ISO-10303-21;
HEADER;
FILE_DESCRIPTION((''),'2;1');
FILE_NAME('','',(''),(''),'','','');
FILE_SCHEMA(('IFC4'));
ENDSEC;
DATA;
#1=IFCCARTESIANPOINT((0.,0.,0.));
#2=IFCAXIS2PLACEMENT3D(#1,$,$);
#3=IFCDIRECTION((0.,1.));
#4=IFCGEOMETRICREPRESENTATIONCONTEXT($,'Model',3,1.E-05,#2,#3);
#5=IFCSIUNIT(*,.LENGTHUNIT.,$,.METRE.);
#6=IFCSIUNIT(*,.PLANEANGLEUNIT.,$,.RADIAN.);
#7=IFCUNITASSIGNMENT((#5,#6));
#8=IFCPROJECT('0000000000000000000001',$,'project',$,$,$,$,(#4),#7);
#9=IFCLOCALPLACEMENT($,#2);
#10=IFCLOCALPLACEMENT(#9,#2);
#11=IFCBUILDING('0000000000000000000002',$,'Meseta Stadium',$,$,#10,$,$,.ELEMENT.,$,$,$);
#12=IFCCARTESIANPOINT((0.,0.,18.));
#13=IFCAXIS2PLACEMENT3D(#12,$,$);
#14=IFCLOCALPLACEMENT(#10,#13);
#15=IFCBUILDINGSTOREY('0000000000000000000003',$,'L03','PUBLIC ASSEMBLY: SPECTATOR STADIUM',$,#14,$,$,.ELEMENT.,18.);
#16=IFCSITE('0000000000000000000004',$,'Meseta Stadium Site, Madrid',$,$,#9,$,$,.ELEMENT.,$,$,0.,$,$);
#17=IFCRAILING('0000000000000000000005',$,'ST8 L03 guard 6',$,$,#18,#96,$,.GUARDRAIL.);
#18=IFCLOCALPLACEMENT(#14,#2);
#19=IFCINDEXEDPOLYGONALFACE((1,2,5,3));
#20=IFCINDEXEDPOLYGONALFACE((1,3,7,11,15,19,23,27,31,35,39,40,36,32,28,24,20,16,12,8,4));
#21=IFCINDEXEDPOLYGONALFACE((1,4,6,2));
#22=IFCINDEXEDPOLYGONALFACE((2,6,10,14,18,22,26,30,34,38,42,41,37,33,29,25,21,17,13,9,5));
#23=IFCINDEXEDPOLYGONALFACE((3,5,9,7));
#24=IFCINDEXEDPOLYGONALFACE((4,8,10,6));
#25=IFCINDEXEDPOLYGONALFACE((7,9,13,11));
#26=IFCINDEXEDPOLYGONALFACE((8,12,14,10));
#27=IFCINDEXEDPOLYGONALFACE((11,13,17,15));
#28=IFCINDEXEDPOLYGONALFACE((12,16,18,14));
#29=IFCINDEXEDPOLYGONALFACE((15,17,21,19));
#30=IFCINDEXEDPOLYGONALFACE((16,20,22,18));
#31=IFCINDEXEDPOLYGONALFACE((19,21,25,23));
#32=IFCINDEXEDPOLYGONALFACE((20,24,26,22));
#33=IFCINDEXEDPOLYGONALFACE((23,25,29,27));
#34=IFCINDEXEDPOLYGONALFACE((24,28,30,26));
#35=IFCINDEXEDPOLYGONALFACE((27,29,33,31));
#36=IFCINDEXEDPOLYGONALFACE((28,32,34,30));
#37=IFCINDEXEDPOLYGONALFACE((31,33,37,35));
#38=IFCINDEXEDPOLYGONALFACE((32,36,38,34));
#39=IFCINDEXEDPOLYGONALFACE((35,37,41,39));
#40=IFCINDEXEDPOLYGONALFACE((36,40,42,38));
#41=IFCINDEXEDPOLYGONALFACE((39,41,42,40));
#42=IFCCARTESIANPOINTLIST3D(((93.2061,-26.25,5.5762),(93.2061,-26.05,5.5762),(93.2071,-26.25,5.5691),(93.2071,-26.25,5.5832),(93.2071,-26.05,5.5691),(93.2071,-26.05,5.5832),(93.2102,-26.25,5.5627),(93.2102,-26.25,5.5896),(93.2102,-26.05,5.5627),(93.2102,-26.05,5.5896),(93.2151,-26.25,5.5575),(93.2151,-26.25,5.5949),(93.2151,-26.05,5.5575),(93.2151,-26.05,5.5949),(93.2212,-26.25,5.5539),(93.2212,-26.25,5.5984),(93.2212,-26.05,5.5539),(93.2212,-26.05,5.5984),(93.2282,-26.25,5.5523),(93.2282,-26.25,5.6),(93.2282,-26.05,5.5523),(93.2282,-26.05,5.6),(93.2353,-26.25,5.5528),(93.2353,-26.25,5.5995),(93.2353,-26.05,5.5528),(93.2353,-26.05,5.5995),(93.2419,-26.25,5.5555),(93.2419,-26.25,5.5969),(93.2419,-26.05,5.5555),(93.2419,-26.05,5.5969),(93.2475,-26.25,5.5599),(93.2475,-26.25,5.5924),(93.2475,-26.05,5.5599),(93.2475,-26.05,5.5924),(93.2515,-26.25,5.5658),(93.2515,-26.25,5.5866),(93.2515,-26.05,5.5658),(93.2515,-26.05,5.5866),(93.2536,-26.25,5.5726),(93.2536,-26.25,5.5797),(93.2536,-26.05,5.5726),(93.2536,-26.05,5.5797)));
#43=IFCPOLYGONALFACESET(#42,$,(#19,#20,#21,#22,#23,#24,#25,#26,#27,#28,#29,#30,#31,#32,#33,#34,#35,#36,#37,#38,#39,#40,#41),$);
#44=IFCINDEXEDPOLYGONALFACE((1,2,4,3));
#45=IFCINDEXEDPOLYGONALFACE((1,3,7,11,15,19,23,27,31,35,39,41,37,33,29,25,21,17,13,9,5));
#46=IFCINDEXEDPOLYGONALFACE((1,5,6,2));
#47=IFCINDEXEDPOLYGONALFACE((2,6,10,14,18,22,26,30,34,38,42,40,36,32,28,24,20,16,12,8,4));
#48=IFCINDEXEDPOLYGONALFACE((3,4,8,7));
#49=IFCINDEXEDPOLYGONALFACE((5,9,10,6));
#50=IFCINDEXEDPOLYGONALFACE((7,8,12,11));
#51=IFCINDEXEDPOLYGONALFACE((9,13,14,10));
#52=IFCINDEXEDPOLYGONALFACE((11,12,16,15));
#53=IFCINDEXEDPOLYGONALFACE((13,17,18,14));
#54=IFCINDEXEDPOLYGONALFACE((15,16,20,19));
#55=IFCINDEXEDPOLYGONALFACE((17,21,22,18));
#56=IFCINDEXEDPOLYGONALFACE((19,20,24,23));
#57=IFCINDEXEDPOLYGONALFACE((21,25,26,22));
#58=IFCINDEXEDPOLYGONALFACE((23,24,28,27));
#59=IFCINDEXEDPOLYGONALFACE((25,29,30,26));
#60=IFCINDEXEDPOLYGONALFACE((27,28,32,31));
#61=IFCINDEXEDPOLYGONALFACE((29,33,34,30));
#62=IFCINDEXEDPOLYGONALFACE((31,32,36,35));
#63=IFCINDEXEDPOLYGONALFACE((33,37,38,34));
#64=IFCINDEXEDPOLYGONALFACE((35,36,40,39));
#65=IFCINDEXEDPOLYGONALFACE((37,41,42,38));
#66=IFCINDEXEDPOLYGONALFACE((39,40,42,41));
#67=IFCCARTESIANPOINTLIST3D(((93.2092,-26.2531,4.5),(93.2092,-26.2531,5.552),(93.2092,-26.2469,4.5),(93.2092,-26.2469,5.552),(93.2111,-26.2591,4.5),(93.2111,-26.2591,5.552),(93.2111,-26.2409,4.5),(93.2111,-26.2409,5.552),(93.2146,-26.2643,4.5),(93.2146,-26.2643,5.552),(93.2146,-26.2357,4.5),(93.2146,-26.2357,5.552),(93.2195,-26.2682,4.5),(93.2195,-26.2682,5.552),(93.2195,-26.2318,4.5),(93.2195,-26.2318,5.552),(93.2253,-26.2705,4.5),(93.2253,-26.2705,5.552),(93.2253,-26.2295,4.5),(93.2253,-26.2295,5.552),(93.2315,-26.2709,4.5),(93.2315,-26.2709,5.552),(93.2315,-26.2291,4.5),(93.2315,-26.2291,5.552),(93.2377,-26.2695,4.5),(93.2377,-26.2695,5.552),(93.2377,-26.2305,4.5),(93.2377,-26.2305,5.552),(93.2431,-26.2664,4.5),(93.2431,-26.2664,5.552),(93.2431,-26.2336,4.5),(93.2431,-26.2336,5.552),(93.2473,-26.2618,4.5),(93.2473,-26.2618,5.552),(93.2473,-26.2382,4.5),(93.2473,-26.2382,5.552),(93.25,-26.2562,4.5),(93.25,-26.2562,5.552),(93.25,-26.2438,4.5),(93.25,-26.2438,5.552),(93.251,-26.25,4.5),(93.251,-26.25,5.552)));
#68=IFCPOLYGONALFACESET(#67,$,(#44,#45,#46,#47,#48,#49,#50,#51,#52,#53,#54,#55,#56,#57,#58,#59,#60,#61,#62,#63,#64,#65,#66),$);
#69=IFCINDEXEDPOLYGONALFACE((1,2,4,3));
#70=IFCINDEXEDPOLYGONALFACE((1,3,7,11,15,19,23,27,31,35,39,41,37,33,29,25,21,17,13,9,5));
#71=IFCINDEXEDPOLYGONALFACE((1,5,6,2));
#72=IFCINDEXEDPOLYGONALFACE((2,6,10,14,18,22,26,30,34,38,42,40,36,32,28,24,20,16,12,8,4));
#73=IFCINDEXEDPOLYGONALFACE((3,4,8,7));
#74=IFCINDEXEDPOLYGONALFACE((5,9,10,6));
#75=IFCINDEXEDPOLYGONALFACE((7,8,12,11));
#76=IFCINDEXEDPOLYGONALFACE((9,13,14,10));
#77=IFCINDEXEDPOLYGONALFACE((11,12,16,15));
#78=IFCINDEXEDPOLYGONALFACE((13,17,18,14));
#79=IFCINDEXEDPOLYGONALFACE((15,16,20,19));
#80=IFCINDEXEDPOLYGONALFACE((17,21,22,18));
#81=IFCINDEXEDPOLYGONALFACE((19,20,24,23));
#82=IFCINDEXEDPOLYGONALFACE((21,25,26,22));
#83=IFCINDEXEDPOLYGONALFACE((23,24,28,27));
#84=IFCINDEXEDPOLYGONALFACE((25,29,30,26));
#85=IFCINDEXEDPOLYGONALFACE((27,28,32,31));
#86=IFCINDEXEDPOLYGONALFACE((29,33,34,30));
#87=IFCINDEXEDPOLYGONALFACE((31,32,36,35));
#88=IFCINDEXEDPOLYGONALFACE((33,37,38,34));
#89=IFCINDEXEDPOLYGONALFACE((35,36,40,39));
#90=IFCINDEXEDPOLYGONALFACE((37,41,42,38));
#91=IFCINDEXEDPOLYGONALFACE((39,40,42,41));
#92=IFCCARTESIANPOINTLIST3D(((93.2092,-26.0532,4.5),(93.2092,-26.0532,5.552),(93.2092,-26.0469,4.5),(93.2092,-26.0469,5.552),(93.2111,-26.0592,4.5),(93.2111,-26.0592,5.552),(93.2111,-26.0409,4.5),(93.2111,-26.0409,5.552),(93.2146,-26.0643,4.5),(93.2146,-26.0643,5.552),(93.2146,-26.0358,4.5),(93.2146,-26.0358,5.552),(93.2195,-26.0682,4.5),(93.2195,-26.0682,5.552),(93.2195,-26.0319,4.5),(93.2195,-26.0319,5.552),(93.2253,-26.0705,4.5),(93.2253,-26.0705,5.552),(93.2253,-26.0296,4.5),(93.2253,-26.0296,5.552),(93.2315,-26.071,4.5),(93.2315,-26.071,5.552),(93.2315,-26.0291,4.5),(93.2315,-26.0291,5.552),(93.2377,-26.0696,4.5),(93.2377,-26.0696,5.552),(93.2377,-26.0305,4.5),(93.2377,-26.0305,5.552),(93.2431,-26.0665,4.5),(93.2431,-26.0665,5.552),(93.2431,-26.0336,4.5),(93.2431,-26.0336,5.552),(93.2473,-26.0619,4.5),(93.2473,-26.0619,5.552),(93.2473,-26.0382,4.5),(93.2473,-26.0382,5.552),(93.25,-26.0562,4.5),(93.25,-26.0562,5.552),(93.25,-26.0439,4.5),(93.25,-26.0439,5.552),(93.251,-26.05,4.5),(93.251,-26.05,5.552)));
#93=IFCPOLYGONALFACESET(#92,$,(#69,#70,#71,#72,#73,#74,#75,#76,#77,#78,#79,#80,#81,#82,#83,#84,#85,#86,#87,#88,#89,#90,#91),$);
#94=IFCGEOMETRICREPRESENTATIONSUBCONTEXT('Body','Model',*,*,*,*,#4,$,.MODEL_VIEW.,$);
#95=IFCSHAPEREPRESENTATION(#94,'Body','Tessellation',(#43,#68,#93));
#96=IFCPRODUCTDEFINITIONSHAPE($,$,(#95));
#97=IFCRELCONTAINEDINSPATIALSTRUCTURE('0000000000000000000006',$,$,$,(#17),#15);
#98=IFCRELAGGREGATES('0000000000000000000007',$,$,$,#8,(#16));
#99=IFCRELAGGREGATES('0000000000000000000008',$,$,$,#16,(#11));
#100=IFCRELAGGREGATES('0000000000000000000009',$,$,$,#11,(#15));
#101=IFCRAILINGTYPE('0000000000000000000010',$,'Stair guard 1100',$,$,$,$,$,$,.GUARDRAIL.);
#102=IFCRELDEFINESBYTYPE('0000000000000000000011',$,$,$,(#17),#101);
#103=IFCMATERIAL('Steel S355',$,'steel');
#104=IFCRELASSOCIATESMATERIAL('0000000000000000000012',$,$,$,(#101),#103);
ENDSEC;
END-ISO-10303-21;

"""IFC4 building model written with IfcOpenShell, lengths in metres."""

from ifc_helpers import new_model, si_unit, direction, frame, origin, origin_2d, place, context, subcontext, project, spatial, circle, extrude, material, type_object, element, save


model = new_model("IFC4")

# Units and contexts
model_context = context("Model", 3, precision=1e-05, world=origin(), true_north=direction((0.0, 1.0)))
body_context = subcontext(model_context, "Body", "Model", "MODEL_VIEW")
ifc_project = project(units=[si_unit("LENGTHUNIT", "METRE"), si_unit("PLANEANGLEUNIT", "RADIAN")], contexts=[model_context])

# Site, building, storey
site_placement = place(None, origin())
site = spatial("IfcSite", under=ifc_project, at=site_placement, Name="Meseta Stadium Site, Madrid", CompositionType="ELEMENT", RefElevation=0.0)
building_placement = place(site_placement, origin())
building = spatial("IfcBuilding", under=site, at=building_placement, Name="Meseta Stadium", CompositionType="ELEMENT")
storey_placement = place(building_placement, frame((0.0, 0.0, 18.0)))
storey = spatial("IfcBuildingStorey", under=building, at=storey_placement, Name="L03", Description="PUBLIC ASSEMBLY: SPECTATOR STADIUM", CompositionType="ELEMENT", Elevation=18.0)

# Railing
ifc_material_1 = material(Name="Steel S355", Category="steel")
railing_type_1 = type_object("IfcRailingType", Name="Stair guard 1100", PredefinedType="GUARDRAIL", material=ifc_material_1)
railing_1_placement = place(storey_placement, frame((93.23, -26.25, 4.5)))
element("IfcRailing", 1, at=railing_1_placement, inside=storey, type_object=railing_type_1, Name="ST8 L03 guard 6", PredefinedType="GUARDRAIL", context=body_context, shape_type="SweptSolid", body=[
    extrude(circle(Radius=0.0239, at=origin_2d()), frame((0.0, 0.0, 1.0762), z_axis=(0.0, 1.0, 0.0), x_axis=(-1.0, 0.0, 0.0)), (0.0, 0.0, 1.0), 0.2),
    extrude(circle(Radius=0.021, at=origin_2d()), origin(), (0.0, 0.0, 1.0), 1.052),
    extrude(circle(Radius=0.021, at=origin_2d()), frame((0.0, 0.2, 0.0)), (0.0, 0.0, 1.0), 1.052),
])

save(model, "model.ifc")
